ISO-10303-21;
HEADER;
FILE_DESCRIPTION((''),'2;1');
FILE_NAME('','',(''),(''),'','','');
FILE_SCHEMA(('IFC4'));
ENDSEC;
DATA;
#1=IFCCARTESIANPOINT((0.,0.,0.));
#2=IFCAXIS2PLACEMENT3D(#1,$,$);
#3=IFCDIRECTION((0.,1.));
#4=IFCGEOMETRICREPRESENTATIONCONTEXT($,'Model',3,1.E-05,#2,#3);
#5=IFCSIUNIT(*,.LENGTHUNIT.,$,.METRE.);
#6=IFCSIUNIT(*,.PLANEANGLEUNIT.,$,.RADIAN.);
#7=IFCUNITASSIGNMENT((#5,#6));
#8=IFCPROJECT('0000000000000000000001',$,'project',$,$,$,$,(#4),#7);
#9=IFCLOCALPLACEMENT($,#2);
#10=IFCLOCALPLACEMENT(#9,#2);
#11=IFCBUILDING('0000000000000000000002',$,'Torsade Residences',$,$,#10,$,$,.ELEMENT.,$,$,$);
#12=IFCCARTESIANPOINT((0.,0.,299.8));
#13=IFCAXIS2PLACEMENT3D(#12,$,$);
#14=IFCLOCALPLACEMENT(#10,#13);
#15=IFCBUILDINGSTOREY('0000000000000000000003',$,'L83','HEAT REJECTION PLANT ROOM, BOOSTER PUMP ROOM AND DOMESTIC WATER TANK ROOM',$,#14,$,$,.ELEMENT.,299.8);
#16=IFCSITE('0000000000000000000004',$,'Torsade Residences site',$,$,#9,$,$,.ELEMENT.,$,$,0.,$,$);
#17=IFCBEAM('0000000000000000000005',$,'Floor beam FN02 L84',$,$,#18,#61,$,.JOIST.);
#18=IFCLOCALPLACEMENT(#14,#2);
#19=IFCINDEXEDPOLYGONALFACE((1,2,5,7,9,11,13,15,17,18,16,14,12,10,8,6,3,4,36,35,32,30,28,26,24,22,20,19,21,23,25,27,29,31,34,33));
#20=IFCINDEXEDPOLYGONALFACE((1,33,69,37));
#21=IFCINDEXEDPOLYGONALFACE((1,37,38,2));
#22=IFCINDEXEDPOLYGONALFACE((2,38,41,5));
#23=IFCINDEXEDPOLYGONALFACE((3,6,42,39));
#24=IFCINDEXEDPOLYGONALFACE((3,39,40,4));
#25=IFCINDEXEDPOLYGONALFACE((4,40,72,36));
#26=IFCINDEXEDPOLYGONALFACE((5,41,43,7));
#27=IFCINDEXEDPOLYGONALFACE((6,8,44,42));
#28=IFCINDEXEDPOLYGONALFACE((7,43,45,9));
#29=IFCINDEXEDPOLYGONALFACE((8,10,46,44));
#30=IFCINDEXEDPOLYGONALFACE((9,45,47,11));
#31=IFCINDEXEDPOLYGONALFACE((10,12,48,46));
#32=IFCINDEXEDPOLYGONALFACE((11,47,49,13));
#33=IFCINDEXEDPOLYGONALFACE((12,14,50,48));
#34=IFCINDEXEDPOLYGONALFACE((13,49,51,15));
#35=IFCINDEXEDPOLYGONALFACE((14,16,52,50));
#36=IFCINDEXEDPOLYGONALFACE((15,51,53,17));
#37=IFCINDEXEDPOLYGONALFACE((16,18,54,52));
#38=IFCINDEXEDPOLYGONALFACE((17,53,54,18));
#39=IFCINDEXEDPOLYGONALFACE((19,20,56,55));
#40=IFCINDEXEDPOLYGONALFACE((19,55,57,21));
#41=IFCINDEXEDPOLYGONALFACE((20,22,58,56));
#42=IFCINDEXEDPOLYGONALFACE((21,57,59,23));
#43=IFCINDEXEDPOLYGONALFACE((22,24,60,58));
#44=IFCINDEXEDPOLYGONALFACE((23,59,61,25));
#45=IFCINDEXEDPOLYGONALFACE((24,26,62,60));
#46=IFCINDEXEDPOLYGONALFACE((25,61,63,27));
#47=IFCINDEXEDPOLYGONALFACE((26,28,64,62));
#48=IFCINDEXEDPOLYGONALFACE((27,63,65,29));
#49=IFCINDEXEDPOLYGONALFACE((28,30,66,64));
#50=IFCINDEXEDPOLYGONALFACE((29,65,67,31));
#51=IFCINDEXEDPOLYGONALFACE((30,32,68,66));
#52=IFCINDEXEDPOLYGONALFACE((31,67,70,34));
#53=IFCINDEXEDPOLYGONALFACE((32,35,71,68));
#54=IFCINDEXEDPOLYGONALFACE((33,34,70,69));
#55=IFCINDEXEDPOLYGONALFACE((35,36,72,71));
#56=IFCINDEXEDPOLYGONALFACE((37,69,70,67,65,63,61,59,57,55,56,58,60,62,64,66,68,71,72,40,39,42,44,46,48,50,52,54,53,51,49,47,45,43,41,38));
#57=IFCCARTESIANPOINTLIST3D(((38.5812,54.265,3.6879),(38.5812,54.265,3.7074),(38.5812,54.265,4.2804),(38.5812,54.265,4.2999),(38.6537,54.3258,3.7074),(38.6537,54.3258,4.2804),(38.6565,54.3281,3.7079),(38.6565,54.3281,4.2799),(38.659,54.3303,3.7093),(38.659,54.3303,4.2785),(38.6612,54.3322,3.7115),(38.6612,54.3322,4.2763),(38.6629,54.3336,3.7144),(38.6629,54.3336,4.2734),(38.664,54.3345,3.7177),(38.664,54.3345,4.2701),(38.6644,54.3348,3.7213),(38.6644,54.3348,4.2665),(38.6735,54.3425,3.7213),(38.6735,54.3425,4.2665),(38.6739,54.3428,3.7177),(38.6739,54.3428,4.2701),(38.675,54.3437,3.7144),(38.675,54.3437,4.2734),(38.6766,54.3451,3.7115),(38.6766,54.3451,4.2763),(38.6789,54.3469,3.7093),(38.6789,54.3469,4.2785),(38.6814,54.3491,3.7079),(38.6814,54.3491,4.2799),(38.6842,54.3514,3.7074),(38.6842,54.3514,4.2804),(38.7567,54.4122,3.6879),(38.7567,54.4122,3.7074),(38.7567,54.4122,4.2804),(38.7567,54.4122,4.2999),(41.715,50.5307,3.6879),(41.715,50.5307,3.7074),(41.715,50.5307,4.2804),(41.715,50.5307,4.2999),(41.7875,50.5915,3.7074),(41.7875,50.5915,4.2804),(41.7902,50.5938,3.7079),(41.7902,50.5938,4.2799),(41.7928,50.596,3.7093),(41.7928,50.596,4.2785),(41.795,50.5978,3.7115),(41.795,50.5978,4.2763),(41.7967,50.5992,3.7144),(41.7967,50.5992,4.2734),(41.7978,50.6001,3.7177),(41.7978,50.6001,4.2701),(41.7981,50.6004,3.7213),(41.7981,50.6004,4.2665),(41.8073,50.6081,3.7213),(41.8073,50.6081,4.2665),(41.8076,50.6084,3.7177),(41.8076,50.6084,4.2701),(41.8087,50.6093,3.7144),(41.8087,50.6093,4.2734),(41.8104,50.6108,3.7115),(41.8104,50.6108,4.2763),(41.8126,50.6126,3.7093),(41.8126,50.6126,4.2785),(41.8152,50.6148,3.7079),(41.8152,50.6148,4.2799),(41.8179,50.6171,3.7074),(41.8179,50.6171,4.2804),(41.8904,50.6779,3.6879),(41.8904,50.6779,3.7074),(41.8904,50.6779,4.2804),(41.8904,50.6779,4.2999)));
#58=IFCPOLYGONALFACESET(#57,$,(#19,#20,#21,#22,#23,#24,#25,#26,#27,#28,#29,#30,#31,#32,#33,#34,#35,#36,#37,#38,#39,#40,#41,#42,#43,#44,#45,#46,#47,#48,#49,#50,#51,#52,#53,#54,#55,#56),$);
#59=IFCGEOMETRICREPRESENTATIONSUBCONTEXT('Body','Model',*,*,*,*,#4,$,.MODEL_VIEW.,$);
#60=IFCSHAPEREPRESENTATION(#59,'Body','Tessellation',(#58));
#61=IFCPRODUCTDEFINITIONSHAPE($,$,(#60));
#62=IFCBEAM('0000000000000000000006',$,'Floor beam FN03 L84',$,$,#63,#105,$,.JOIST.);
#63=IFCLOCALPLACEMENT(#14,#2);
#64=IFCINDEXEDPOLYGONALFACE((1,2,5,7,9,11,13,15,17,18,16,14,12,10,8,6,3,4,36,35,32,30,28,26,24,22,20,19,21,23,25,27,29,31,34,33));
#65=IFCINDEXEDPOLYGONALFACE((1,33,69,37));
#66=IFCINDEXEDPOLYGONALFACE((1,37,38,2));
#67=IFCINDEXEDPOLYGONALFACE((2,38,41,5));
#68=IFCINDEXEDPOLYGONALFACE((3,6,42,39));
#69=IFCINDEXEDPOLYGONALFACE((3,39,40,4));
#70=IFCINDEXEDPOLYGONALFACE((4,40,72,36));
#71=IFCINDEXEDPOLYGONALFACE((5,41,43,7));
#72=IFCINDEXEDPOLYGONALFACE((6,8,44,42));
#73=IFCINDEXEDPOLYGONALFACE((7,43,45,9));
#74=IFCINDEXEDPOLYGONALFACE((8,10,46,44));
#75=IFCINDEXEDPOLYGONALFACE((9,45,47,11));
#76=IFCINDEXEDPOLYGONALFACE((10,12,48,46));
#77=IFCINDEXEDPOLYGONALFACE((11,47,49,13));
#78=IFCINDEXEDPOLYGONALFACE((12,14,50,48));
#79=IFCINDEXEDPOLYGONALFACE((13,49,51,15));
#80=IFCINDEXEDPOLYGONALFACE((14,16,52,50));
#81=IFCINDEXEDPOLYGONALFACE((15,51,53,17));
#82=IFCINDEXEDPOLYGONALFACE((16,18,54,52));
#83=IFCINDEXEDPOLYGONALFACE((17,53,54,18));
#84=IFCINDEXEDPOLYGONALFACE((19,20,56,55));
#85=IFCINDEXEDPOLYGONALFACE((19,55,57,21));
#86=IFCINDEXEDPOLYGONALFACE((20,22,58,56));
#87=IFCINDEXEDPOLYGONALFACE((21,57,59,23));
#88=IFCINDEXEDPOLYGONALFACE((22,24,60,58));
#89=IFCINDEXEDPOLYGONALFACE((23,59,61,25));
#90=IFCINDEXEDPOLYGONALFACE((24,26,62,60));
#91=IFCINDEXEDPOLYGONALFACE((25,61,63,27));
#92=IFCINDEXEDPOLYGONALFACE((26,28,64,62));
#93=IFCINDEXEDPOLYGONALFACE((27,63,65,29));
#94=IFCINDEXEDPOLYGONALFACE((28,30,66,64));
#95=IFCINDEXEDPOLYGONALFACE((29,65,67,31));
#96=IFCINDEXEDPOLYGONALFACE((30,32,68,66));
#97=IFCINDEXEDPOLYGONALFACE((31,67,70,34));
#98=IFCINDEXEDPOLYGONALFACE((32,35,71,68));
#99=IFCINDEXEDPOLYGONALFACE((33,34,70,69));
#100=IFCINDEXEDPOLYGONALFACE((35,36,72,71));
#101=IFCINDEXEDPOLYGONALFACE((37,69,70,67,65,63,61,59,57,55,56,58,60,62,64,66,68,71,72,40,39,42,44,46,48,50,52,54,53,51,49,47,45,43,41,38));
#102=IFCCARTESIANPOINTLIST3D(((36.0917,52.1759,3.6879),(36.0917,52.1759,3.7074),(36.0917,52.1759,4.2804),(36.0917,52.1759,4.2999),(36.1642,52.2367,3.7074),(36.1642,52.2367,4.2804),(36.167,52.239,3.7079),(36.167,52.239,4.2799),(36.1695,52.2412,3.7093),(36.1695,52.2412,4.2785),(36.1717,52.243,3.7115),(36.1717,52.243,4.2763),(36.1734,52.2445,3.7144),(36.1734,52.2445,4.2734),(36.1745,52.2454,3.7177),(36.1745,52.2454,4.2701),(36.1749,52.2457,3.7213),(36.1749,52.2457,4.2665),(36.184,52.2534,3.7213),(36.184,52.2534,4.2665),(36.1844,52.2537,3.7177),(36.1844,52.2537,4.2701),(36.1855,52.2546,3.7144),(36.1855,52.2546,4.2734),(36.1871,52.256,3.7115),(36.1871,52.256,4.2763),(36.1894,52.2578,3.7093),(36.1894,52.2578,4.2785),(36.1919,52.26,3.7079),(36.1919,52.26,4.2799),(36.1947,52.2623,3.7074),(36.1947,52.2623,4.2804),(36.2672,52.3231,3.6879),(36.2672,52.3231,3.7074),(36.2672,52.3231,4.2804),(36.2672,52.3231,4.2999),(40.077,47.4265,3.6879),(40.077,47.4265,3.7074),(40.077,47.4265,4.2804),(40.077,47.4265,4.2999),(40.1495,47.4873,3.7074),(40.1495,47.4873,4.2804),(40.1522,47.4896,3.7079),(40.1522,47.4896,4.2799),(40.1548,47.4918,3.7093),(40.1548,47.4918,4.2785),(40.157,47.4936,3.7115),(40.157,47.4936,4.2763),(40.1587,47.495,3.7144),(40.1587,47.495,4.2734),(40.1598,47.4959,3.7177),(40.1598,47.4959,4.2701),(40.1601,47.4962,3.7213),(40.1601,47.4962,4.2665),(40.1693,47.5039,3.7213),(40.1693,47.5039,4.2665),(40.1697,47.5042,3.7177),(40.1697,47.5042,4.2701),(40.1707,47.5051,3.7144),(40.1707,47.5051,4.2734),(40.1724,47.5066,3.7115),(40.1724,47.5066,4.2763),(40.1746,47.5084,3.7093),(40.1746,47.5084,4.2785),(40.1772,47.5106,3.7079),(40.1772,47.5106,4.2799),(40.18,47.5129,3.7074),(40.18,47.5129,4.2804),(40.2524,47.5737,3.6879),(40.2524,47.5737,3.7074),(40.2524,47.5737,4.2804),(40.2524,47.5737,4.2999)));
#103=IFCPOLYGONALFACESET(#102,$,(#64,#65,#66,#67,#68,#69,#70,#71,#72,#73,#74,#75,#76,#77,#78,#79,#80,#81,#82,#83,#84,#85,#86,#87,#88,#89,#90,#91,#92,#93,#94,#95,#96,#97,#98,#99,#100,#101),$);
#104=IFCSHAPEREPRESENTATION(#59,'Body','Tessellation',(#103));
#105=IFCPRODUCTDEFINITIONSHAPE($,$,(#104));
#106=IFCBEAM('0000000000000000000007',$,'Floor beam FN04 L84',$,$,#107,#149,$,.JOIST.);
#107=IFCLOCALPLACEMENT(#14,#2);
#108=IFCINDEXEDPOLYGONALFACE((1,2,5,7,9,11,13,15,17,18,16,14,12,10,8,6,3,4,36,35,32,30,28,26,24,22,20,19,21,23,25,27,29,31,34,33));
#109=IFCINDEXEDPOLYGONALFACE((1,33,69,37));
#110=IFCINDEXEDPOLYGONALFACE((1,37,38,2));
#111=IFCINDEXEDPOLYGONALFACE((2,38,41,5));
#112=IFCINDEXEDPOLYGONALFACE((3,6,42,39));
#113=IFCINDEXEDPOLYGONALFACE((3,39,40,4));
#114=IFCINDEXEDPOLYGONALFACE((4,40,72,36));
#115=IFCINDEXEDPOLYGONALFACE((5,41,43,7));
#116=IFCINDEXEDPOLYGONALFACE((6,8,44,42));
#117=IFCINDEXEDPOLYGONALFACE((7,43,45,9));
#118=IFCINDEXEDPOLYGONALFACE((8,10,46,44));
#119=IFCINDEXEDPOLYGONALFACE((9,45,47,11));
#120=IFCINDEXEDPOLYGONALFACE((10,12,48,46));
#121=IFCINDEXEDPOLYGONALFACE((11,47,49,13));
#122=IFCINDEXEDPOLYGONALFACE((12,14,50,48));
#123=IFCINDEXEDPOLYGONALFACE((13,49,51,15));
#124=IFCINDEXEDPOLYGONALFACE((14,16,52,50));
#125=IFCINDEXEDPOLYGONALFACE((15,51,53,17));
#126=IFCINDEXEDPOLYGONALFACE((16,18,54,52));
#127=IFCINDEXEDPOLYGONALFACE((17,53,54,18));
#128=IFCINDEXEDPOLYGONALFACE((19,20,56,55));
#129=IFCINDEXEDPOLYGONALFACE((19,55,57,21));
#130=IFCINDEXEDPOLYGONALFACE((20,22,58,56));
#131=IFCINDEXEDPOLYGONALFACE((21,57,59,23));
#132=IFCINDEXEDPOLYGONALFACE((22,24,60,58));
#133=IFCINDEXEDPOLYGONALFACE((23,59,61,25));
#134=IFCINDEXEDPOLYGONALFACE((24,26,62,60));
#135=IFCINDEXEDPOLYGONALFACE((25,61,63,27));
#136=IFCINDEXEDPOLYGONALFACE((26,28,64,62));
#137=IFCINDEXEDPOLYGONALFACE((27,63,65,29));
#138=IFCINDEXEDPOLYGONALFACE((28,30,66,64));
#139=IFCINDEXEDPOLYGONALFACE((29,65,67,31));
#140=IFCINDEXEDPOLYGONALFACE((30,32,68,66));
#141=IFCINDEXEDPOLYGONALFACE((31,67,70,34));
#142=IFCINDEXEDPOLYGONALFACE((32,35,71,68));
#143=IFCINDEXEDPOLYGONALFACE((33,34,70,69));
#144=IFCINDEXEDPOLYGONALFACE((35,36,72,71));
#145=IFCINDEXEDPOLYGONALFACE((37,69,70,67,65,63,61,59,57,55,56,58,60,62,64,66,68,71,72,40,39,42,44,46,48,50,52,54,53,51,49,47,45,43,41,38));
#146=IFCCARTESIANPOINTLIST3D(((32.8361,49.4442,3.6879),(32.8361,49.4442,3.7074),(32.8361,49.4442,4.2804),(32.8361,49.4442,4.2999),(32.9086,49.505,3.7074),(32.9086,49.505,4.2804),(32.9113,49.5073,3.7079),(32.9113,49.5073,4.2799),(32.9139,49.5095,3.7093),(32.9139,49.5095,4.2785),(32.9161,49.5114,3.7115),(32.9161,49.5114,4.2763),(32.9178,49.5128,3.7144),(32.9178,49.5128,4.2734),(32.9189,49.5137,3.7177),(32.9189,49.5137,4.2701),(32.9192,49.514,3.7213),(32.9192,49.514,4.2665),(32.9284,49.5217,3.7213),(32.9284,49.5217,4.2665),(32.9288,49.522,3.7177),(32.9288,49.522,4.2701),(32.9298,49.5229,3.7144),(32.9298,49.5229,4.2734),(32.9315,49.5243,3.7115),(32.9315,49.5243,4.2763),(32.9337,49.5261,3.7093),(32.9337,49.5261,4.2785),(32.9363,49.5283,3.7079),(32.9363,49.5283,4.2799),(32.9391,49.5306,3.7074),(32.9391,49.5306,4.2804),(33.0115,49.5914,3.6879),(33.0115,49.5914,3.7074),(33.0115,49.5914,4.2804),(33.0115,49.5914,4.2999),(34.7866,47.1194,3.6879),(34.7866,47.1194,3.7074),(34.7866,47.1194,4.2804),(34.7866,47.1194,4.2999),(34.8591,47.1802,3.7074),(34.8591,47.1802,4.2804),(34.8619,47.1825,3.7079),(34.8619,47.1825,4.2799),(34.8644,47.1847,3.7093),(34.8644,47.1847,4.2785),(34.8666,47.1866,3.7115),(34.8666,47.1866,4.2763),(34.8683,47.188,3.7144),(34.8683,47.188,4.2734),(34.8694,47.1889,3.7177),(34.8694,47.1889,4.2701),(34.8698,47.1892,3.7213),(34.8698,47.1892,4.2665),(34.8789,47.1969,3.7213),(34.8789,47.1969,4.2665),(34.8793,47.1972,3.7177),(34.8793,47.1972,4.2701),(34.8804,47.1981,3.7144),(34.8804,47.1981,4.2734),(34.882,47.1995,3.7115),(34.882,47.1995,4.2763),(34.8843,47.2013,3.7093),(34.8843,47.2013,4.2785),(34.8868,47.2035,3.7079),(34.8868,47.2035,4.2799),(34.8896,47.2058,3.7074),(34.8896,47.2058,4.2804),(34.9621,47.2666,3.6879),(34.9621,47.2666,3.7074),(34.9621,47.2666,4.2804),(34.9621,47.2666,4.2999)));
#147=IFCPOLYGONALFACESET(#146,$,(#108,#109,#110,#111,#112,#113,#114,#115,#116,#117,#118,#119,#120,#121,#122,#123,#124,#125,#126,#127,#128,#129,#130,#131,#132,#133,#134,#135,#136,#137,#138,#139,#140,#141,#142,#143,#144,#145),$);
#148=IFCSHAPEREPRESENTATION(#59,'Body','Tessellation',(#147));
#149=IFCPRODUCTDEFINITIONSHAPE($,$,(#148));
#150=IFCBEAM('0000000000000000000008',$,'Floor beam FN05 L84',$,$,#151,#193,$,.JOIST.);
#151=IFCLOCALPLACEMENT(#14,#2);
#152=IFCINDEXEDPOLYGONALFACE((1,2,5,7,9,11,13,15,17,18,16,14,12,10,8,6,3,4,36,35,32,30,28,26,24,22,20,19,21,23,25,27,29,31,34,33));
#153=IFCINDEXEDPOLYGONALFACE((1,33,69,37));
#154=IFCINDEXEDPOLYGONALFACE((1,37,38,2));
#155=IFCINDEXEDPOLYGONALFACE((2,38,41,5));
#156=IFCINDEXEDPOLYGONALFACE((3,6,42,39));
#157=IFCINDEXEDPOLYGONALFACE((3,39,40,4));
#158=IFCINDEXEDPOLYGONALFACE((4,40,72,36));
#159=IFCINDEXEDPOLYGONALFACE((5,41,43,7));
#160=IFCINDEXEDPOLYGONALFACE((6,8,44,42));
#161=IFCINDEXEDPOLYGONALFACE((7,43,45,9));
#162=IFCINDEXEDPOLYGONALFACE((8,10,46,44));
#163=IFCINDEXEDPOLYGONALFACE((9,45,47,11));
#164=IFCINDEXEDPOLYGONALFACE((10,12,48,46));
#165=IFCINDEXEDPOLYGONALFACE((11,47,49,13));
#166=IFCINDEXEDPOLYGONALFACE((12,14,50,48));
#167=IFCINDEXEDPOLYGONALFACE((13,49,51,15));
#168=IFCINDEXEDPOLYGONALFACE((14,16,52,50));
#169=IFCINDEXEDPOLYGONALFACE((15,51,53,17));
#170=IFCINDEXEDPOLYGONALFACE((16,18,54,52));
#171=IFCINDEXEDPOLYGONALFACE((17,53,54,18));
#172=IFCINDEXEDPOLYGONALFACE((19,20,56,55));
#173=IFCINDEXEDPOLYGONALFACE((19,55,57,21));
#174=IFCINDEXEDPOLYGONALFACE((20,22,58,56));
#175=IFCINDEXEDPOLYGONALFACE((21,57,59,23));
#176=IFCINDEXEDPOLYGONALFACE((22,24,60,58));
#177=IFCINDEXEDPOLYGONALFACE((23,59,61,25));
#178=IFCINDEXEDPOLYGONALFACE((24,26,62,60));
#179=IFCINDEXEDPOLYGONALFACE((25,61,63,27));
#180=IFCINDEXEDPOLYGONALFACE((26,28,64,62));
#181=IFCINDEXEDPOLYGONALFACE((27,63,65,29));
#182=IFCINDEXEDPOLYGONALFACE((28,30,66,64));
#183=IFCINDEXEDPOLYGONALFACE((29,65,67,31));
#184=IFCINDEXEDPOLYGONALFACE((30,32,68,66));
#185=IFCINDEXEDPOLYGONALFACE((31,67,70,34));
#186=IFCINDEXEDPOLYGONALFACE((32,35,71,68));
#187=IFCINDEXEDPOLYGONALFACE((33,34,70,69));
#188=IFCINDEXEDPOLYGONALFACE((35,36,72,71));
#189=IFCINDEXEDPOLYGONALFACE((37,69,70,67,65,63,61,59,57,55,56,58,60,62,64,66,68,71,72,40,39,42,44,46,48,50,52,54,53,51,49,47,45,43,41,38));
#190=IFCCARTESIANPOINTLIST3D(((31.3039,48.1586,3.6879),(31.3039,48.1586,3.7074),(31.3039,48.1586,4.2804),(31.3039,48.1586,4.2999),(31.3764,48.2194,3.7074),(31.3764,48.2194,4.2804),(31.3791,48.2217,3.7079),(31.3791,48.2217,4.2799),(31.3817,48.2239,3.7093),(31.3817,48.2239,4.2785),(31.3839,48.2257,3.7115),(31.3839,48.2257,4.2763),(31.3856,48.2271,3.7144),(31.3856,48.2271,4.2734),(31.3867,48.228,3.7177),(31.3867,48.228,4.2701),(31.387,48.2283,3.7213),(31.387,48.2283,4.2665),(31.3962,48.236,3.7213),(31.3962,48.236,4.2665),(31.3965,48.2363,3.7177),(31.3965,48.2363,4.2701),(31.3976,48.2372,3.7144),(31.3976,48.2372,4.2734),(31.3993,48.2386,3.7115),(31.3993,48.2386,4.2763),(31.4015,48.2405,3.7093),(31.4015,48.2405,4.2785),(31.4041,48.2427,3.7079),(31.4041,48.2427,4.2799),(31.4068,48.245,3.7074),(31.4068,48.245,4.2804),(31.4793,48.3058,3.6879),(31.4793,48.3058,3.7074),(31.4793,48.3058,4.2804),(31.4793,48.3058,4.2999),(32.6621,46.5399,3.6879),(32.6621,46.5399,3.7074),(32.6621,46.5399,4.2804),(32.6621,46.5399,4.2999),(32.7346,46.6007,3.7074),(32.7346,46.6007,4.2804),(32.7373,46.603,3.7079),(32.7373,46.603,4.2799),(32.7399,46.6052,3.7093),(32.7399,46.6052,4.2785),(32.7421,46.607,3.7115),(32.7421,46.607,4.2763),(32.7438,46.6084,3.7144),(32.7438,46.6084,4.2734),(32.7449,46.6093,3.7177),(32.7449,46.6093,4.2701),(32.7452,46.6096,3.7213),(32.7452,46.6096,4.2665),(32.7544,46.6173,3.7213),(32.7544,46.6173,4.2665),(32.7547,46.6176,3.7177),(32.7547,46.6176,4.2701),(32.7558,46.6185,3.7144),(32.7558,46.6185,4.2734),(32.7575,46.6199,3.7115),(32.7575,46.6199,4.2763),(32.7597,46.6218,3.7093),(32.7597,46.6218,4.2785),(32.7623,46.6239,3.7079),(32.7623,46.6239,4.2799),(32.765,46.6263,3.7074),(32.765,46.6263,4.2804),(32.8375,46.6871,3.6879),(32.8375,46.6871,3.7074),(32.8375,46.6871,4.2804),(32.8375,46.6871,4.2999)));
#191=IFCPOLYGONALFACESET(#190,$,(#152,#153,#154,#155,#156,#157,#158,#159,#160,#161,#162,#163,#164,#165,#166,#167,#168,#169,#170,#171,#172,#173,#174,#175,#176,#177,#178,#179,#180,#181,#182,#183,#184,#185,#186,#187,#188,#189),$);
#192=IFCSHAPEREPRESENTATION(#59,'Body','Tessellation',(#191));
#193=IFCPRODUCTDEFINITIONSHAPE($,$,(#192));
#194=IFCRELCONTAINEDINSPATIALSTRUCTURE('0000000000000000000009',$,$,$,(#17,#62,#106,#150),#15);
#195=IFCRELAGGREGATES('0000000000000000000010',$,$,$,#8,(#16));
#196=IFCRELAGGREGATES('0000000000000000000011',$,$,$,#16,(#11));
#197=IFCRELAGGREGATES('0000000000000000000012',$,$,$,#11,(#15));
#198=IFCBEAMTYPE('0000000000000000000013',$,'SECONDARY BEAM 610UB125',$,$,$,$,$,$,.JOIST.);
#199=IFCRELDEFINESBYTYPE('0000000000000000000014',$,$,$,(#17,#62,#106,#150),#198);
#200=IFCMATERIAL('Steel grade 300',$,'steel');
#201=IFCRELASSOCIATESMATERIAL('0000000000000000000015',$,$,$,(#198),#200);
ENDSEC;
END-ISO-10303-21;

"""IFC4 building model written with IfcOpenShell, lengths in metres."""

from ifc_helpers import new_model, si_unit, direction, frame, origin, origin_2d, place, context, subcontext, project, spatial, i_section, extrude, material, material_profile, profile_set, type_object, element, save


model = new_model("IFC4")

# Units and contexts
model_context = context("Model", 3, precision=1e-05, world=origin(), true_north=direction((0.0, 1.0)))
body_context = subcontext(model_context, "Body", "Model", "MODEL_VIEW")
ifc_project = project(units=[si_unit("LENGTHUNIT", "METRE"), si_unit("PLANEANGLEUNIT", "RADIAN")], contexts=[model_context])

# Site, building, storey
site_placement = place(None, origin())
site = spatial("IfcSite", under=ifc_project, at=site_placement, Name="Torsade Residences site", CompositionType="ELEMENT", RefElevation=0.0)
building_placement = place(site_placement, origin())
building = spatial("IfcBuilding", under=site, at=building_placement, Name="Torsade Residences", CompositionType="ELEMENT")
storey_placement = place(building_placement, frame((0.0, 0.0, 299.8)))
storey = spatial("IfcBuildingStorey", under=building, at=storey_placement, Name="L83", Description="HEAT REJECTION PLANT ROOM, BOOSTER PUMP ROOM AND DOMESTIC WATER TANK ROOM", CompositionType="ELEMENT", Elevation=299.8)

# Beams
ifc_material_1 = material(Name="Steel grade 300", Category="steel")
ifc_material_profile_1 = material_profile(ifc_material_1, i_section(OverallWidth=0.229, OverallDepth=0.6121, WebThickness=0.012, FlangeThickness=0.0195, FilletRadius=0.0139, at=origin_2d()), Name="610UB125")
ifc_profile_set_1 = profile_set([ifc_material_profile_1], Name="Steel grade 300")
beam_type_1 = type_object("IfcBeamType", Name="SECONDARY BEAM 610UB125", PredefinedType="JOIST", material=ifc_profile_set_1)
beam_1_placement = place(storey_placement, frame((38.6689, 54.3386, 3.9939), z_axis=(0.642821, -0.766017, 0.0), x_axis=(0.766017, 0.642821, 0.0)))
element("IfcBeam", 1, at=beam_1_placement, inside=storey, type_object=beam_type_1, Name="Floor beam FN02 L84", PredefinedType="JOIST", context=body_context, shape_type="SweptSolid", body=[
    extrude(i_section(OverallWidth=0.229, OverallDepth=0.6121, WebThickness=0.012, FlangeThickness=0.0195, FilletRadius=0.0139, at=origin_2d()), origin(), (0.0, 0.0, 1.0), 4.875),
])
beam_2_placement = place(storey_placement, frame((36.1794, 52.2495, 3.9939), z_axis=(0.642791, -0.766041, 0.0), x_axis=(0.766041, 0.642791, 0.0)))
element("IfcBeam", 2, at=beam_2_placement, inside=storey, type_object=beam_type_1, Name="Floor beam FN03 L84", PredefinedType="JOIST", context=body_context, shape_type="SweptSolid", body=[
    extrude(i_section(OverallWidth=0.229, OverallDepth=0.6121, WebThickness=0.012, FlangeThickness=0.0195, FilletRadius=0.0139, at=origin_2d()), origin(), (0.0, 0.0, 1.0), 6.2),
])
beam_3_placement = place(storey_placement, frame((32.9238, 49.5178, 3.9939), z_axis=(0.642745, -0.76608, 0.0), x_axis=(0.76608, 0.642745, 0.0)))
element("IfcBeam", 3, at=beam_3_placement, inside=storey, type_object=beam_type_1, Name="Floor beam FN04 L84", PredefinedType="JOIST", context=body_context, shape_type="SweptSolid", body=[
    extrude(i_section(OverallWidth=0.229, OverallDepth=0.6121, WebThickness=0.012, FlangeThickness=0.0195, FilletRadius=0.0139, at=origin_2d()), origin(), (0.0, 0.0, 1.0), 3.0347),
])
beam_4_placement = place(storey_placement, frame((31.3916, 48.2322, 3.9939), z_axis=(0.642772, -0.766058, 0.0), x_axis=(0.766058, 0.642772, 0.0)))
element("IfcBeam", 4, at=beam_4_placement, inside=storey, type_object=beam_type_1, Name="Floor beam FN05 L84", PredefinedType="JOIST", context=body_context, shape_type="SweptSolid", body=[
    extrude(i_section(OverallWidth=0.229, OverallDepth=0.6121, WebThickness=0.012, FlangeThickness=0.0195, FilletRadius=0.0139, at=origin_2d()), origin(), (0.0, 0.0, 1.0), 2.113),
])

save(model, "model.ifc")
